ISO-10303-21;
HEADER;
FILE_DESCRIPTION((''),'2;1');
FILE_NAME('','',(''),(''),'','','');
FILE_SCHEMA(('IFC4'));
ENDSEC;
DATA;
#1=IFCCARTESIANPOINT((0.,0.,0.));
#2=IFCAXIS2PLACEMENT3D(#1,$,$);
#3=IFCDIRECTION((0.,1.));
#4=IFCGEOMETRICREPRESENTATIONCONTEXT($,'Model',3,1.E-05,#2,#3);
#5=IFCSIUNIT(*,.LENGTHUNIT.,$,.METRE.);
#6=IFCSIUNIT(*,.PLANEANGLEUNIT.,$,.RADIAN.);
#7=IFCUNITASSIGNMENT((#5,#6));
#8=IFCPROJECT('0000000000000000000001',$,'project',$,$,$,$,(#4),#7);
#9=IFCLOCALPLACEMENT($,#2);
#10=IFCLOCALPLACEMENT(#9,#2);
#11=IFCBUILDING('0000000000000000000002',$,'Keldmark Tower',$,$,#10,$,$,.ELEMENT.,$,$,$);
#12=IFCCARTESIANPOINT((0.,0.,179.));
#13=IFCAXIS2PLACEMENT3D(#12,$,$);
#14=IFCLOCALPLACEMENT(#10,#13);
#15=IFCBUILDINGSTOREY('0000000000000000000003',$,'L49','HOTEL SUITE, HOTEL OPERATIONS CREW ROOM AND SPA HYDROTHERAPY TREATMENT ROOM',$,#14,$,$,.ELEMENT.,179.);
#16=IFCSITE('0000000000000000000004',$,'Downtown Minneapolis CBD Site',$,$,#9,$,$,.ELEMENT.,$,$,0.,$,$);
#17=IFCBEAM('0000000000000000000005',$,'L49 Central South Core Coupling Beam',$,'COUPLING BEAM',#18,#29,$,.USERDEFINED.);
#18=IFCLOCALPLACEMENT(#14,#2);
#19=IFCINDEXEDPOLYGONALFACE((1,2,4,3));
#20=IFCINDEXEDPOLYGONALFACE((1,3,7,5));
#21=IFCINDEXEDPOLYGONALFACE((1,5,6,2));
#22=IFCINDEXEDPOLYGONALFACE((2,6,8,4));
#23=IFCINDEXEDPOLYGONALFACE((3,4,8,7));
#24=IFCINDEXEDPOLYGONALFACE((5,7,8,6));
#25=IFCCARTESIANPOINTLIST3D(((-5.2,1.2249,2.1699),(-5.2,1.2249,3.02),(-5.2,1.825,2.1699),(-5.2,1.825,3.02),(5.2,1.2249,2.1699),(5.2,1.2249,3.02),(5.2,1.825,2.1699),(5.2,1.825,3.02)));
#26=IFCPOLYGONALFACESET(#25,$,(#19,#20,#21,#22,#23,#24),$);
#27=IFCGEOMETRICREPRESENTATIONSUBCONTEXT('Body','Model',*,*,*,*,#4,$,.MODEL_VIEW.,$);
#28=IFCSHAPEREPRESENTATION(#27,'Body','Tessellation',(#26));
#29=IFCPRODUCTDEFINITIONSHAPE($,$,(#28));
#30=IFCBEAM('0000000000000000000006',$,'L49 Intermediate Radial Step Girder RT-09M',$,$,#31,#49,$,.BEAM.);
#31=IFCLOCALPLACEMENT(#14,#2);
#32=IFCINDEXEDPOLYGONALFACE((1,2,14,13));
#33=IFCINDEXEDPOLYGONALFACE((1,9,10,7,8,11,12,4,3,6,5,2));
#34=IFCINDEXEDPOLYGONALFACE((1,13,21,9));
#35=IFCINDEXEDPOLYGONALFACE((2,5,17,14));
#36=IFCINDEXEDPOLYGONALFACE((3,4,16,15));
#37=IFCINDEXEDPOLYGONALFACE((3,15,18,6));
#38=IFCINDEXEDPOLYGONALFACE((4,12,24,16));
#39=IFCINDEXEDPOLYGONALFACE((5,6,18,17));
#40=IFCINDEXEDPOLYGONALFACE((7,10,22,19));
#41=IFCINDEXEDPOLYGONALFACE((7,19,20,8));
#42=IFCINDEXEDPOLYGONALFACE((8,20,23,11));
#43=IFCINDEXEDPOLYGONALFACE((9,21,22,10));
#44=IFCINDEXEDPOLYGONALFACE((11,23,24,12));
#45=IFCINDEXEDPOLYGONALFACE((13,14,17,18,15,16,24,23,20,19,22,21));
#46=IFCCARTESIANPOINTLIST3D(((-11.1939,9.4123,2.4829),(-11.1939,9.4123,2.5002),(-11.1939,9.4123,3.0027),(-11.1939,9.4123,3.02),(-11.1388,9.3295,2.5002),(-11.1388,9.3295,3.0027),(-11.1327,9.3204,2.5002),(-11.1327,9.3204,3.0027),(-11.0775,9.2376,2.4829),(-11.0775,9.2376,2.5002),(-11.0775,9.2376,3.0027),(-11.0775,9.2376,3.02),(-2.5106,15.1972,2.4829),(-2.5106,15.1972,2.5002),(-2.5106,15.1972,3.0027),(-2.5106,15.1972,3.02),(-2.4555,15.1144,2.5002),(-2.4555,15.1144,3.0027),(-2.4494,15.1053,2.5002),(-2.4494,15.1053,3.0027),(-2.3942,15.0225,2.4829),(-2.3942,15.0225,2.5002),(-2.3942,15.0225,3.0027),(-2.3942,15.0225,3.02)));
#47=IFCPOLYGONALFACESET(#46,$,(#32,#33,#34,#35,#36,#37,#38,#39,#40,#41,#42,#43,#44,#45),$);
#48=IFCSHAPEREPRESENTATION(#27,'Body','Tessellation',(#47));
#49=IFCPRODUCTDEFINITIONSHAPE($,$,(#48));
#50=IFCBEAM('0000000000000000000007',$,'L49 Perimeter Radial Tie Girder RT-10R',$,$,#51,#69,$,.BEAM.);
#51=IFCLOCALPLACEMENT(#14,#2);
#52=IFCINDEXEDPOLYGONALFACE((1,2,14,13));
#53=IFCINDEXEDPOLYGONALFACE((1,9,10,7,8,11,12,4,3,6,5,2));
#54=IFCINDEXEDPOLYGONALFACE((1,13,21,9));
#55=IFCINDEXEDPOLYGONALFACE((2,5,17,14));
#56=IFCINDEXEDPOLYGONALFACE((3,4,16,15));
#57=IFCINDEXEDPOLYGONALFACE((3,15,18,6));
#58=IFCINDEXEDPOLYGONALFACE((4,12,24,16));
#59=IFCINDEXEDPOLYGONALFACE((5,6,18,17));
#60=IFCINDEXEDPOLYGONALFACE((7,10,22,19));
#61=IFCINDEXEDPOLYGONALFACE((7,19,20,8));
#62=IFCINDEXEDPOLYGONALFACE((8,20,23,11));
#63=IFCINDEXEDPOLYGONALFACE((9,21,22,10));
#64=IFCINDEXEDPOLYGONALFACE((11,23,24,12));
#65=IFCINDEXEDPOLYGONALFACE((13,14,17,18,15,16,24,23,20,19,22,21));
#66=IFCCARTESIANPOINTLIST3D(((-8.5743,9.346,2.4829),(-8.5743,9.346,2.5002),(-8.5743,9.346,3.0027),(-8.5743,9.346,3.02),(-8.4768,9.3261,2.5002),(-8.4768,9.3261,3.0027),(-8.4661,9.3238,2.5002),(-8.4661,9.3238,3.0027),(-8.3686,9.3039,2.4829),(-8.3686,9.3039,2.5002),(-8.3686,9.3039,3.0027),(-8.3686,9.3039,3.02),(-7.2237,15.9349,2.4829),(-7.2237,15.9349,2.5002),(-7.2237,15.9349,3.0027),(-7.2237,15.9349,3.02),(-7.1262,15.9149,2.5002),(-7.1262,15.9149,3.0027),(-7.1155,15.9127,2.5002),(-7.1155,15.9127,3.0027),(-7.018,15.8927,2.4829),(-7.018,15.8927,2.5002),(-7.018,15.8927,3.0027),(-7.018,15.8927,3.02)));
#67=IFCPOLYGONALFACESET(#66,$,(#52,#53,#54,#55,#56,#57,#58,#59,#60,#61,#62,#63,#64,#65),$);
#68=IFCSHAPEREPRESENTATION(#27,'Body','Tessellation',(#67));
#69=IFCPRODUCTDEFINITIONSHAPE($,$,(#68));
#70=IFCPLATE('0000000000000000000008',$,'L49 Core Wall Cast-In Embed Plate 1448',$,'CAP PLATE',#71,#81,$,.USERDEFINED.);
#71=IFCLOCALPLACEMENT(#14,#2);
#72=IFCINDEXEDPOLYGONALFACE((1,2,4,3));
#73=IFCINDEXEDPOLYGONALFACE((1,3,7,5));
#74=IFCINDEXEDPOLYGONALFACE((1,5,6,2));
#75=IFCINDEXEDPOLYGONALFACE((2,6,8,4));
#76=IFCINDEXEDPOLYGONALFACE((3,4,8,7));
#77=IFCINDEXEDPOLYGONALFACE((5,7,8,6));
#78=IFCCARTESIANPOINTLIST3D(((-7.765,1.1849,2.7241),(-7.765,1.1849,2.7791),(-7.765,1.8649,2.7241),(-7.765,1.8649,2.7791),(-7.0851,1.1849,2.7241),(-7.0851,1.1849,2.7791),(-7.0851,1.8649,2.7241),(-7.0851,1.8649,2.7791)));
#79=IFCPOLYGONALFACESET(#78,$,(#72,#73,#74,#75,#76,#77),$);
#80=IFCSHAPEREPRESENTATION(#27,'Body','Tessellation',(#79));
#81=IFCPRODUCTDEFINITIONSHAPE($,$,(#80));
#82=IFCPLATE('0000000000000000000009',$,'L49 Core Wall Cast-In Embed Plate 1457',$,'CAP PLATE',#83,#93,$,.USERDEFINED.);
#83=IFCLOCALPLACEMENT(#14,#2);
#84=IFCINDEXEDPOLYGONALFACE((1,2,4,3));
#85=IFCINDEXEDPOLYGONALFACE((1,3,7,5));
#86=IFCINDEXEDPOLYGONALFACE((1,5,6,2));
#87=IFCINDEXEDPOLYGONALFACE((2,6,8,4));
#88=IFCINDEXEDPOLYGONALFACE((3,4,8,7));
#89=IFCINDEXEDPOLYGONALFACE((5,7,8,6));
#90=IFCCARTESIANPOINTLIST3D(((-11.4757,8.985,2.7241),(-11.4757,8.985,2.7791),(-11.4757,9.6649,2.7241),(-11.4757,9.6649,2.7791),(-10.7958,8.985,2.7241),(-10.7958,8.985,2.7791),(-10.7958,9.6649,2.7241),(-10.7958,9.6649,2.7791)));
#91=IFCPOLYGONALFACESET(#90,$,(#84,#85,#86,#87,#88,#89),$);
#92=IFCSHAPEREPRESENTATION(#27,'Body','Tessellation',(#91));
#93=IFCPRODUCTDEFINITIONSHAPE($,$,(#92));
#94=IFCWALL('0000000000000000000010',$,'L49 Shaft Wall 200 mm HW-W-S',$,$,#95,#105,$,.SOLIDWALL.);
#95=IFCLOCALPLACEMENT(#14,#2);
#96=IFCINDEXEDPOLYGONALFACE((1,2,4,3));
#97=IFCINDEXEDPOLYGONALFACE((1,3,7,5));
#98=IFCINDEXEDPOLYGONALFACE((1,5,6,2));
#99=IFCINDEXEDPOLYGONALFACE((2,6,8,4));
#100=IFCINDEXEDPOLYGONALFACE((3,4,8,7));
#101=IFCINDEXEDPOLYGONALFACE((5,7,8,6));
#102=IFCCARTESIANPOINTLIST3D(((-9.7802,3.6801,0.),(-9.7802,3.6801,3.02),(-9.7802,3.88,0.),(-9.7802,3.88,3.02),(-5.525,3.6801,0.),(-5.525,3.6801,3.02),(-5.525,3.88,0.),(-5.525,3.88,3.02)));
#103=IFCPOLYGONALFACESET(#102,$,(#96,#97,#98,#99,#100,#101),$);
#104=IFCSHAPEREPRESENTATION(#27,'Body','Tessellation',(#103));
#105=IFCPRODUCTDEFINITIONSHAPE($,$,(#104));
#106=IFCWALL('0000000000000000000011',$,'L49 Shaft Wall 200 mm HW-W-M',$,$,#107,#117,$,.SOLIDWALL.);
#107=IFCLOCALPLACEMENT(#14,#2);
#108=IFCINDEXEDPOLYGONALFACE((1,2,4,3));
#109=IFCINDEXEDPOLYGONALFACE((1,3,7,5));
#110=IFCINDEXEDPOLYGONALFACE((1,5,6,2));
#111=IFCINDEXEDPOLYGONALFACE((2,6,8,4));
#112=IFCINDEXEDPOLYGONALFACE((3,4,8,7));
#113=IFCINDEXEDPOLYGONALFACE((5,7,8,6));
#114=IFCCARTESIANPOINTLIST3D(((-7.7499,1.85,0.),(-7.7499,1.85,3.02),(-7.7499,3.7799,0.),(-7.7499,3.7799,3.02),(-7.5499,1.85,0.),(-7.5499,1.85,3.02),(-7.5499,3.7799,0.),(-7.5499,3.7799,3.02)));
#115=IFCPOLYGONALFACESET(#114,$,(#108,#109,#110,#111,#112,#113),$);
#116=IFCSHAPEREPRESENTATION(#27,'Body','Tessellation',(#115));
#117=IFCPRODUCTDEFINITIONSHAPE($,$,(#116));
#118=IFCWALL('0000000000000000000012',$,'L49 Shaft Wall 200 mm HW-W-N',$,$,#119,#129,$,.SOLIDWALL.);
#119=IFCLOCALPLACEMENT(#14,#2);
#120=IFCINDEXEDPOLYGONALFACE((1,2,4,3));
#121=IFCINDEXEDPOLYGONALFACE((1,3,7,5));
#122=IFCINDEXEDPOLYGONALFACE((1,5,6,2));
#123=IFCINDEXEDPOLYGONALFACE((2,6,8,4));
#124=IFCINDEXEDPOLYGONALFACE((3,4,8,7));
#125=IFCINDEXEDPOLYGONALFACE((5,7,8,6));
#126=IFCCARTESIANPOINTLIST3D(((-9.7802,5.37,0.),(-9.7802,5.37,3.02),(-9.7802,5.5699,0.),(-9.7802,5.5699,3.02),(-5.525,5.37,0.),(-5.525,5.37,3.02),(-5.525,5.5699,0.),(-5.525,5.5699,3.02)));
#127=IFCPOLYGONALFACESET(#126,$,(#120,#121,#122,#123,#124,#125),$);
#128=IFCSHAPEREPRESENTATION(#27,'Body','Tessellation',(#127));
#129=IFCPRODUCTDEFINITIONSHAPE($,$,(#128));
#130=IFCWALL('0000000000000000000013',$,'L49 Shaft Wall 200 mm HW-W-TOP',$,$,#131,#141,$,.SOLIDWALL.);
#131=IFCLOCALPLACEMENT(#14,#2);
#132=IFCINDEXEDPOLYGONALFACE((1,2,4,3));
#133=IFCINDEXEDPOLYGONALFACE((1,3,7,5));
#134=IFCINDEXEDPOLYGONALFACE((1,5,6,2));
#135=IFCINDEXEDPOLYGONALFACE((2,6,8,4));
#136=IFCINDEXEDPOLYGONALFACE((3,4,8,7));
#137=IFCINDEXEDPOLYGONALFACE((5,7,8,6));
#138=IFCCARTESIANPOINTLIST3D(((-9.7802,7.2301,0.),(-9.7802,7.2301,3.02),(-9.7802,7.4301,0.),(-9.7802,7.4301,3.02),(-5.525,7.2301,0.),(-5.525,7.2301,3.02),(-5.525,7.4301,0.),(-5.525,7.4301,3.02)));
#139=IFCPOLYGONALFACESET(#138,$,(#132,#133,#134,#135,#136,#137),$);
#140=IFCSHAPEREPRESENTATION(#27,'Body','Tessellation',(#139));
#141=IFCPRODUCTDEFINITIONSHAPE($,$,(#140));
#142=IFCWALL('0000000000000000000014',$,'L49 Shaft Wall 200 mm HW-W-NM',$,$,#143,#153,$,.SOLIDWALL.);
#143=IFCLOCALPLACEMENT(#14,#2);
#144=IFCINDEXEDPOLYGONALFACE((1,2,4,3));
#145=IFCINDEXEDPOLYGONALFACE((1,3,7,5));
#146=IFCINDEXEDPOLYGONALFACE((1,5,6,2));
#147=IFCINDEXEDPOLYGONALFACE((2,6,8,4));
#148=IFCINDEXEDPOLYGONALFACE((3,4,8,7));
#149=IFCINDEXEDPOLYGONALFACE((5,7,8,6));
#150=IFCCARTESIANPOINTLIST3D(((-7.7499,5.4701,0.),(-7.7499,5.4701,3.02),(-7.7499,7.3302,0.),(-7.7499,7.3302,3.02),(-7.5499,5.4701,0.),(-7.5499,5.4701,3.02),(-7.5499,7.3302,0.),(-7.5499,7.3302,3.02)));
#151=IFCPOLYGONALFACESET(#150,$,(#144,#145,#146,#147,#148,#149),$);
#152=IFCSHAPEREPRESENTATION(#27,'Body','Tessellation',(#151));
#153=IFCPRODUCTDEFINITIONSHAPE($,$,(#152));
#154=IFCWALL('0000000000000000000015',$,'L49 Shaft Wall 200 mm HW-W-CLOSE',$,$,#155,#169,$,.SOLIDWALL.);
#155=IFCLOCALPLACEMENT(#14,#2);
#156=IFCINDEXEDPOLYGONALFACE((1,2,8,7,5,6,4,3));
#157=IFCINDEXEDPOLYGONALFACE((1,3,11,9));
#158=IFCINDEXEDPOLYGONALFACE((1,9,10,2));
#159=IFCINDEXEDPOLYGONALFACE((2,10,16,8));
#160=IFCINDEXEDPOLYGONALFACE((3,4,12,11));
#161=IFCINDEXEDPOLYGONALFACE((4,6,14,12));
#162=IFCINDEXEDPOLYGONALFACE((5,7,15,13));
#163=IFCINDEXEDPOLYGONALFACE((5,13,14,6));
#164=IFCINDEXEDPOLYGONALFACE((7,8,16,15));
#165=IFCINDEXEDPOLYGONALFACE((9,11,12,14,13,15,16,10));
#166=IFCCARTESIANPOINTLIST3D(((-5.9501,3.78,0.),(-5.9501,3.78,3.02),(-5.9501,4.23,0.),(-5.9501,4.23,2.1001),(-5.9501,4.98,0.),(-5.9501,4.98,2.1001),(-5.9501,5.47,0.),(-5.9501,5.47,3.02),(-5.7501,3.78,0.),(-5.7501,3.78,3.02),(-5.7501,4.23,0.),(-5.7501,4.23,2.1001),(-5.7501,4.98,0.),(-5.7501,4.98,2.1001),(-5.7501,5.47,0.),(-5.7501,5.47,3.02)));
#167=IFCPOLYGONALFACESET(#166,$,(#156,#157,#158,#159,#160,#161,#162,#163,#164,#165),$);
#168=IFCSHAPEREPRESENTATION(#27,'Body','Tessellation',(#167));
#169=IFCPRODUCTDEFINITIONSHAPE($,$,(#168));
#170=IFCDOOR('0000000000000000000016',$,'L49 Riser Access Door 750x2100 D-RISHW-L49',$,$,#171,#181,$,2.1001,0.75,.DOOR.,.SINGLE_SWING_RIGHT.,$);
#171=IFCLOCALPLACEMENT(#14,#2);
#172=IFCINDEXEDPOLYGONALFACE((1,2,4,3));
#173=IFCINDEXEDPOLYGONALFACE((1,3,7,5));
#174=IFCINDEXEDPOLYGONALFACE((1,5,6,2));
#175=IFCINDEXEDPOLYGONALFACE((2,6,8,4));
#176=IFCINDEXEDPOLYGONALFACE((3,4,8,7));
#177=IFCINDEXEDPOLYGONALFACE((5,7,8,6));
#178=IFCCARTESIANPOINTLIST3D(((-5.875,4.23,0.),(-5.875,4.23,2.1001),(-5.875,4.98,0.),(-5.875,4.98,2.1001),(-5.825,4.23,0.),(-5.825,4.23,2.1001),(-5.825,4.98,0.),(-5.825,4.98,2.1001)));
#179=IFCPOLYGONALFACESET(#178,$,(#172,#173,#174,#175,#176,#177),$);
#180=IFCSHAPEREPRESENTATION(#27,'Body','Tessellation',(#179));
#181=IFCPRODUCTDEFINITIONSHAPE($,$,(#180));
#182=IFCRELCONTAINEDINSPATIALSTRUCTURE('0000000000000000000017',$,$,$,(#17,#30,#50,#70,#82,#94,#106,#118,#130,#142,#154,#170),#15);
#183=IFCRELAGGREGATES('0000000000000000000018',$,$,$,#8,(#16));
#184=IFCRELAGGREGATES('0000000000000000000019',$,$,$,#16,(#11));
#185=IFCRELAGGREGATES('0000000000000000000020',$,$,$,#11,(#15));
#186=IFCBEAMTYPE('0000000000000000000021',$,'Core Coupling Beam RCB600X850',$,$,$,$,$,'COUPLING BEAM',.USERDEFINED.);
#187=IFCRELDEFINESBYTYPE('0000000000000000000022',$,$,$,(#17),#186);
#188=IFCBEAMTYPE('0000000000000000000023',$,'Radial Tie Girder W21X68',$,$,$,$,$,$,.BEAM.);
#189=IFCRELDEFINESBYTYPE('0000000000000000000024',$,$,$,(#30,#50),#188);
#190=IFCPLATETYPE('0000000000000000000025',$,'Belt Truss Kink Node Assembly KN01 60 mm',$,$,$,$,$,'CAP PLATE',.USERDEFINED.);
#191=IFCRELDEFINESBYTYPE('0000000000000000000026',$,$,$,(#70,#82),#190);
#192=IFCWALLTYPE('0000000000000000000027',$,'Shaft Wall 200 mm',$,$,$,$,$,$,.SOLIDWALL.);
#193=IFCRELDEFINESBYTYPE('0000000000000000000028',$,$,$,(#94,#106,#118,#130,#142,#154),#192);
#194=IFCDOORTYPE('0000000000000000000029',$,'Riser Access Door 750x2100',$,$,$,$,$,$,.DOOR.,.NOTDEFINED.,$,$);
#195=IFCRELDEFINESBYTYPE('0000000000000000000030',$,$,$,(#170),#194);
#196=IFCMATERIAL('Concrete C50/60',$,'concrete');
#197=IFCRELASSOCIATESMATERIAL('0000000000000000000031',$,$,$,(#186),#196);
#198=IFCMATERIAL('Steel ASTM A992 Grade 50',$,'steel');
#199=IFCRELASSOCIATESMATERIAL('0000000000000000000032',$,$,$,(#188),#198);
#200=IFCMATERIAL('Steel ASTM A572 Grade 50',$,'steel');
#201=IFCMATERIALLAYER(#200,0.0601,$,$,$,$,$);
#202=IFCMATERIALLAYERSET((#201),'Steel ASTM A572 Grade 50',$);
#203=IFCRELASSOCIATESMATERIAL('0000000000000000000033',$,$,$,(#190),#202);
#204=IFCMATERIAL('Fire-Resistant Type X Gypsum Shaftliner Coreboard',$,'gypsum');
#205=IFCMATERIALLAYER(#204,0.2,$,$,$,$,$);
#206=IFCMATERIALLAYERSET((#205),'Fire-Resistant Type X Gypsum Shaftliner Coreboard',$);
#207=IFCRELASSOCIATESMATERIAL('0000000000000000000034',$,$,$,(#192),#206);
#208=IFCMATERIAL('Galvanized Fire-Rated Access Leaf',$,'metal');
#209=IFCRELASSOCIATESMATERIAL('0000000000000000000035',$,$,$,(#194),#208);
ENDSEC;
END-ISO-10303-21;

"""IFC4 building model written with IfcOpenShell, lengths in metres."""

from ifc_helpers import new_model, si_unit, direction, frame, frame_2d, origin, origin_2d, place, context, subcontext, project, spatial, rectangle, i_section, extrude, material, layer, layer_set, material_profile, profile_set, type_object, element, fill, save


model = new_model("IFC4")

# Units and contexts
model_context = context("Model", 3, precision=1e-05, world=origin(), true_north=direction((0.0, 1.0)))
body_context = subcontext(model_context, "Body", "Model", "MODEL_VIEW")
ifc_project = project(units=[si_unit("LENGTHUNIT", "METRE"), si_unit("PLANEANGLEUNIT", "RADIAN")], contexts=[model_context])

# Site, building, storey
site_placement = place(None, origin())
site = spatial("IfcSite", under=ifc_project, at=site_placement, Name="Downtown Minneapolis CBD Site", CompositionType="ELEMENT", RefElevation=0.0)
building_placement = place(site_placement, origin())
building = spatial("IfcBuilding", under=site, at=building_placement, Name="Keldmark Tower", CompositionType="ELEMENT")
storey_placement = place(building_placement, frame((0.0, 0.0, 179.0)))
storey = spatial("IfcBuildingStorey", under=building, at=storey_placement, Name="L49", Description="HOTEL SUITE, HOTEL OPERATIONS CREW ROOM AND SPA HYDROTHERAPY TREATMENT ROOM", CompositionType="ELEMENT", Elevation=179.0)

# Beams
ifc_material_1 = material(Name="Concrete C50/60", Category="concrete")
ifc_material_profile_1 = material_profile(ifc_material_1, rectangle(XDim=0.6001, YDim=0.8501, at=origin_2d()), Name="RCB600X850")
ifc_profile_set_1 = profile_set([ifc_material_profile_1], Name="Concrete C50/60")
beam_type_1 = type_object("IfcBeamType", Name="Core Coupling Beam RCB600X850", ElementType="COUPLING BEAM", PredefinedType="USERDEFINED", material=ifc_profile_set_1)
beam_1_placement = place(storey_placement, frame((-5.2, 1.5249, 2.595), z_axis=(1.0, 0.0, 0.0), x_axis=(0.0, 1.0, 0.0)))
element("IfcBeam", 1, at=beam_1_placement, inside=storey, type_object=beam_type_1, Name="L49 Central South Core Coupling Beam", ObjectType="COUPLING BEAM", PredefinedType="USERDEFINED", context=body_context, shape_type="SweptSolid", body=[
    extrude(rectangle(XDim=0.6001, YDim=0.8501, at=origin_2d()), origin(), (0.0, 0.0, 1.0), 10.3999),
])
ifc_material_2 = material(Name="Steel ASTM A992 Grade 50", Category="steel")
ifc_material_profile_2 = material_profile(ifc_material_2, i_section(OverallWidth=0.21, OverallDepth=0.5371, WebThickness=0.011, FlangeThickness=0.0173, at=origin_2d()), Name="W21X68")
ifc_profile_set_2 = profile_set([ifc_material_profile_2], Name="Steel ASTM A992 Grade 50")
beam_type_2 = type_object("IfcBeamType", Name="Radial Tie Girder W21X68", PredefinedType="BEAM", material=ifc_profile_set_2)
beam_2_placement = place(storey_placement, frame((-11.1357, 9.325, 2.7515), z_axis=(0.832227, 0.554436, 0.0), x_axis=(-0.554436, 0.832227, 0.0)))
element("IfcBeam", 2, at=beam_2_placement, inside=storey, type_object=beam_type_2, Name="L49 Intermediate Radial Step Girder RT-09M", PredefinedType="BEAM", context=body_context, shape_type="SweptSolid", body=[
    extrude(i_section(OverallWidth=0.21, OverallDepth=0.5371, WebThickness=0.011, FlangeThickness=0.0173, at=origin_2d()), origin(), (0.0, 0.0, 1.0), 10.4338),
])
beam_3_placement = place(storey_placement, frame((-8.4714, 9.325, 2.7515), z_axis=(0.200805, 0.979631, 0.0), x_axis=(-0.979631, 0.200805, 0.0)))
element("IfcBeam", 3, at=beam_3_placement, inside=storey, type_object=beam_type_2, Name="L49 Perimeter Radial Tie Girder RT-10R", PredefinedType="BEAM", context=body_context, shape_type="SweptSolid", body=[
    extrude(i_section(OverallWidth=0.21, OverallDepth=0.5371, WebThickness=0.011, FlangeThickness=0.0173, at=origin_2d()), origin(), (0.0, 0.0, 1.0), 6.7258),
])

# Plates
ifc_material_3 = material(Name="Steel ASTM A572 Grade 50", Category="steel")
ifc_layer_1 = layer(ifc_material_3, 0.0601)
ifc_layer_set_1 = layer_set([ifc_layer_1], Name="Steel ASTM A572 Grade 50")
plate_type = type_object("IfcPlateType", Name="Belt Truss Kink Node Assembly KN01 60 mm", ElementType="CAP PLATE", PredefinedType="USERDEFINED", material=ifc_layer_set_1)
for number, where, z_axis, x_axis, name in (
    (4, (-7.425, 1.5249, 2.7241), (0.0, 0.0, 1.0), (1.0, 0.0, 0.0), "L49 Core Wall Cast-In Embed Plate 1448"),
    (5, (-11.1357, 9.325, 2.7241), (0.0, 0.0, 1.0), (1.0, 0.0, 0.0), "L49 Core Wall Cast-In Embed Plate 1457"),
):
    element("IfcPlate", number, at=place(storey_placement, frame(where, z_axis=z_axis, x_axis=x_axis)), inside=storey, type_object=plate_type, Name=name, ObjectType="CAP PLATE", PredefinedType="USERDEFINED", context=body_context, shape_type="SweptSolid", body=[
        extrude(rectangle(XDim=0.6799, YDim=0.6799, at=origin_2d()), origin(), (0.0, 0.0, 1.0), 0.0549),
    ])

# Walls
ifc_material_4 = material(Name="Fire-Resistant Type X Gypsum Shaftliner Coreboard", Category="gypsum")
ifc_layer_2 = layer(ifc_material_4, 0.2)
ifc_layer_set_2 = layer_set([ifc_layer_2], Name="Fire-Resistant Type X Gypsum Shaftliner Coreboard")
wall_type_1 = type_object("IfcWallType", Name="Shaft Wall 200 mm", PredefinedType="SOLIDWALL", material=ifc_layer_set_2)
wall_1_placement = place(storey_placement, frame((-9.78, 3.78, 0.0), z_axis=(0.0, 0.0, 1.0), x_axis=(1.0, 0.0, 0.0)))
element("IfcWall", 6, at=wall_1_placement, inside=storey, type_object=wall_type_1, Name="L49 Shaft Wall 200 mm HW-W-S", PredefinedType="SOLIDWALL", context=body_context, shape_type="SweptSolid", body=[
    extrude(rectangle(XDim=4.2551, YDim=0.2, at=frame_2d((2.1274, 0.0))), origin(), (0.0, 0.0, 1.0), 3.02),
])
wall_2_placement = place(storey_placement, frame((-7.6499, 1.8501, 0.0), z_axis=(0.0, 0.0, 1.0), x_axis=(0.0, 1.0, 0.0)))
element("IfcWall", 7, at=wall_2_placement, inside=storey, type_object=wall_type_1, Name="L49 Shaft Wall 200 mm HW-W-M", PredefinedType="SOLIDWALL", context=body_context, shape_type="SweptSolid", body=[
    extrude(rectangle(XDim=1.9299, YDim=0.2, at=frame_2d((0.9648, 0.0))), origin(), (0.0, 0.0, 1.0), 3.02),
])
for number, where, z_axis, x_axis, name in (
    (8, (-9.78, 5.47, 0.0), (0.0, 0.0, 1.0), (1.0, 0.0, 0.0), "L49 Shaft Wall 200 mm HW-W-N"),
    (9, (-9.78, 7.3301, 0.0), (0.0, 0.0, 1.0), (1.0, 0.0, 0.0), "L49 Shaft Wall 200 mm HW-W-TOP"),
):
    element("IfcWall", number, at=place(storey_placement, frame(where, z_axis=z_axis, x_axis=x_axis)), inside=storey, type_object=wall_type_1, Name=name, PredefinedType="SOLIDWALL", context=body_context, shape_type="SweptSolid", body=[
        extrude(rectangle(XDim=4.2551, YDim=0.2, at=frame_2d((2.1274, 0.0))), origin(), (0.0, 0.0, 1.0), 3.02),
    ])
wall_3_placement = place(storey_placement, frame((-7.6499, 5.47, 0.0), z_axis=(0.0, 0.0, 1.0), x_axis=(0.0, 1.0, 0.0)))
element("IfcWall", 10, at=wall_3_placement, inside=storey, type_object=wall_type_1, Name="L49 Shaft Wall 200 mm HW-W-NM", PredefinedType="SOLIDWALL", context=body_context, shape_type="SweptSolid", body=[
    extrude(rectangle(XDim=1.8601, YDim=0.2, at=frame_2d((0.9302, 0.0))), origin(), (0.0, 0.0, 1.0), 3.02),
])

# Wall, opening, door
wall_4_placement = place(storey_placement, frame((-5.8501, 3.78, 0.0), z_axis=(0.0, 0.0, 1.0), x_axis=(0.0, 1.0, 0.0)))
wall_4 = element("IfcWall", 11, at=wall_4_placement, inside=storey, type_object=wall_type_1, Name="L49 Shaft Wall 200 mm HW-W-CLOSE", PredefinedType="SOLIDWALL", context=body_context, shape_type="SweptSolid", body=[
    extrude(rectangle(XDim=1.6899, YDim=0.2, at=frame_2d((0.845, 0.0))), origin(), (0.0, 0.0, 1.0), 3.02),
])
opening_placement = place(wall_4_placement, frame((0.45, 0.0, 0.0)))
opening = element("IfcOpeningElement", 12, at=opening_placement, cuts=wall_4, PredefinedType="OPENING", context=body_context, shape_type="SweptSolid", body=[
    extrude(rectangle(XDim=0.75, YDim=2.1001, at=frame_2d((0.375, 1.05))), frame((0.0, 0.1099, 0.0), z_axis=(0.0, -1.0, 0.0), x_axis=(1.0, 0.0, 0.0)), (0.0, 0.0, 1.0), 0.22),
])
ifc_material_5 = material(Name="Galvanized Fire-Rated Access Leaf", Category="metal")
door_type = type_object("IfcDoorType", Name="Riser Access Door 750x2100", OperationType="NOTDEFINED", PredefinedType="DOOR", material=ifc_material_5)
door_placement = place(opening_placement, origin())
door = element("IfcDoor", 13, at=door_placement, inside=storey, type_object=door_type, Name="L49 Riser Access Door 750x2100 D-RISHW-L49", OperationType="SINGLE_SWING_RIGHT", OverallHeight=2.1001, OverallWidth=0.75, PredefinedType="DOOR", context=body_context, shape_type="SweptSolid", body=[
    extrude(rectangle(XDim=0.75, YDim=2.1001, at=frame_2d((0.375, 1.05))), frame((0.0, 0.0249, 0.0), z_axis=(0.0, -1.0, 0.0), x_axis=(1.0, 0.0, 0.0)), (0.0, 0.0, 1.0), 0.05),
])
fill(opening, door)

save(model, "model.ifc")
